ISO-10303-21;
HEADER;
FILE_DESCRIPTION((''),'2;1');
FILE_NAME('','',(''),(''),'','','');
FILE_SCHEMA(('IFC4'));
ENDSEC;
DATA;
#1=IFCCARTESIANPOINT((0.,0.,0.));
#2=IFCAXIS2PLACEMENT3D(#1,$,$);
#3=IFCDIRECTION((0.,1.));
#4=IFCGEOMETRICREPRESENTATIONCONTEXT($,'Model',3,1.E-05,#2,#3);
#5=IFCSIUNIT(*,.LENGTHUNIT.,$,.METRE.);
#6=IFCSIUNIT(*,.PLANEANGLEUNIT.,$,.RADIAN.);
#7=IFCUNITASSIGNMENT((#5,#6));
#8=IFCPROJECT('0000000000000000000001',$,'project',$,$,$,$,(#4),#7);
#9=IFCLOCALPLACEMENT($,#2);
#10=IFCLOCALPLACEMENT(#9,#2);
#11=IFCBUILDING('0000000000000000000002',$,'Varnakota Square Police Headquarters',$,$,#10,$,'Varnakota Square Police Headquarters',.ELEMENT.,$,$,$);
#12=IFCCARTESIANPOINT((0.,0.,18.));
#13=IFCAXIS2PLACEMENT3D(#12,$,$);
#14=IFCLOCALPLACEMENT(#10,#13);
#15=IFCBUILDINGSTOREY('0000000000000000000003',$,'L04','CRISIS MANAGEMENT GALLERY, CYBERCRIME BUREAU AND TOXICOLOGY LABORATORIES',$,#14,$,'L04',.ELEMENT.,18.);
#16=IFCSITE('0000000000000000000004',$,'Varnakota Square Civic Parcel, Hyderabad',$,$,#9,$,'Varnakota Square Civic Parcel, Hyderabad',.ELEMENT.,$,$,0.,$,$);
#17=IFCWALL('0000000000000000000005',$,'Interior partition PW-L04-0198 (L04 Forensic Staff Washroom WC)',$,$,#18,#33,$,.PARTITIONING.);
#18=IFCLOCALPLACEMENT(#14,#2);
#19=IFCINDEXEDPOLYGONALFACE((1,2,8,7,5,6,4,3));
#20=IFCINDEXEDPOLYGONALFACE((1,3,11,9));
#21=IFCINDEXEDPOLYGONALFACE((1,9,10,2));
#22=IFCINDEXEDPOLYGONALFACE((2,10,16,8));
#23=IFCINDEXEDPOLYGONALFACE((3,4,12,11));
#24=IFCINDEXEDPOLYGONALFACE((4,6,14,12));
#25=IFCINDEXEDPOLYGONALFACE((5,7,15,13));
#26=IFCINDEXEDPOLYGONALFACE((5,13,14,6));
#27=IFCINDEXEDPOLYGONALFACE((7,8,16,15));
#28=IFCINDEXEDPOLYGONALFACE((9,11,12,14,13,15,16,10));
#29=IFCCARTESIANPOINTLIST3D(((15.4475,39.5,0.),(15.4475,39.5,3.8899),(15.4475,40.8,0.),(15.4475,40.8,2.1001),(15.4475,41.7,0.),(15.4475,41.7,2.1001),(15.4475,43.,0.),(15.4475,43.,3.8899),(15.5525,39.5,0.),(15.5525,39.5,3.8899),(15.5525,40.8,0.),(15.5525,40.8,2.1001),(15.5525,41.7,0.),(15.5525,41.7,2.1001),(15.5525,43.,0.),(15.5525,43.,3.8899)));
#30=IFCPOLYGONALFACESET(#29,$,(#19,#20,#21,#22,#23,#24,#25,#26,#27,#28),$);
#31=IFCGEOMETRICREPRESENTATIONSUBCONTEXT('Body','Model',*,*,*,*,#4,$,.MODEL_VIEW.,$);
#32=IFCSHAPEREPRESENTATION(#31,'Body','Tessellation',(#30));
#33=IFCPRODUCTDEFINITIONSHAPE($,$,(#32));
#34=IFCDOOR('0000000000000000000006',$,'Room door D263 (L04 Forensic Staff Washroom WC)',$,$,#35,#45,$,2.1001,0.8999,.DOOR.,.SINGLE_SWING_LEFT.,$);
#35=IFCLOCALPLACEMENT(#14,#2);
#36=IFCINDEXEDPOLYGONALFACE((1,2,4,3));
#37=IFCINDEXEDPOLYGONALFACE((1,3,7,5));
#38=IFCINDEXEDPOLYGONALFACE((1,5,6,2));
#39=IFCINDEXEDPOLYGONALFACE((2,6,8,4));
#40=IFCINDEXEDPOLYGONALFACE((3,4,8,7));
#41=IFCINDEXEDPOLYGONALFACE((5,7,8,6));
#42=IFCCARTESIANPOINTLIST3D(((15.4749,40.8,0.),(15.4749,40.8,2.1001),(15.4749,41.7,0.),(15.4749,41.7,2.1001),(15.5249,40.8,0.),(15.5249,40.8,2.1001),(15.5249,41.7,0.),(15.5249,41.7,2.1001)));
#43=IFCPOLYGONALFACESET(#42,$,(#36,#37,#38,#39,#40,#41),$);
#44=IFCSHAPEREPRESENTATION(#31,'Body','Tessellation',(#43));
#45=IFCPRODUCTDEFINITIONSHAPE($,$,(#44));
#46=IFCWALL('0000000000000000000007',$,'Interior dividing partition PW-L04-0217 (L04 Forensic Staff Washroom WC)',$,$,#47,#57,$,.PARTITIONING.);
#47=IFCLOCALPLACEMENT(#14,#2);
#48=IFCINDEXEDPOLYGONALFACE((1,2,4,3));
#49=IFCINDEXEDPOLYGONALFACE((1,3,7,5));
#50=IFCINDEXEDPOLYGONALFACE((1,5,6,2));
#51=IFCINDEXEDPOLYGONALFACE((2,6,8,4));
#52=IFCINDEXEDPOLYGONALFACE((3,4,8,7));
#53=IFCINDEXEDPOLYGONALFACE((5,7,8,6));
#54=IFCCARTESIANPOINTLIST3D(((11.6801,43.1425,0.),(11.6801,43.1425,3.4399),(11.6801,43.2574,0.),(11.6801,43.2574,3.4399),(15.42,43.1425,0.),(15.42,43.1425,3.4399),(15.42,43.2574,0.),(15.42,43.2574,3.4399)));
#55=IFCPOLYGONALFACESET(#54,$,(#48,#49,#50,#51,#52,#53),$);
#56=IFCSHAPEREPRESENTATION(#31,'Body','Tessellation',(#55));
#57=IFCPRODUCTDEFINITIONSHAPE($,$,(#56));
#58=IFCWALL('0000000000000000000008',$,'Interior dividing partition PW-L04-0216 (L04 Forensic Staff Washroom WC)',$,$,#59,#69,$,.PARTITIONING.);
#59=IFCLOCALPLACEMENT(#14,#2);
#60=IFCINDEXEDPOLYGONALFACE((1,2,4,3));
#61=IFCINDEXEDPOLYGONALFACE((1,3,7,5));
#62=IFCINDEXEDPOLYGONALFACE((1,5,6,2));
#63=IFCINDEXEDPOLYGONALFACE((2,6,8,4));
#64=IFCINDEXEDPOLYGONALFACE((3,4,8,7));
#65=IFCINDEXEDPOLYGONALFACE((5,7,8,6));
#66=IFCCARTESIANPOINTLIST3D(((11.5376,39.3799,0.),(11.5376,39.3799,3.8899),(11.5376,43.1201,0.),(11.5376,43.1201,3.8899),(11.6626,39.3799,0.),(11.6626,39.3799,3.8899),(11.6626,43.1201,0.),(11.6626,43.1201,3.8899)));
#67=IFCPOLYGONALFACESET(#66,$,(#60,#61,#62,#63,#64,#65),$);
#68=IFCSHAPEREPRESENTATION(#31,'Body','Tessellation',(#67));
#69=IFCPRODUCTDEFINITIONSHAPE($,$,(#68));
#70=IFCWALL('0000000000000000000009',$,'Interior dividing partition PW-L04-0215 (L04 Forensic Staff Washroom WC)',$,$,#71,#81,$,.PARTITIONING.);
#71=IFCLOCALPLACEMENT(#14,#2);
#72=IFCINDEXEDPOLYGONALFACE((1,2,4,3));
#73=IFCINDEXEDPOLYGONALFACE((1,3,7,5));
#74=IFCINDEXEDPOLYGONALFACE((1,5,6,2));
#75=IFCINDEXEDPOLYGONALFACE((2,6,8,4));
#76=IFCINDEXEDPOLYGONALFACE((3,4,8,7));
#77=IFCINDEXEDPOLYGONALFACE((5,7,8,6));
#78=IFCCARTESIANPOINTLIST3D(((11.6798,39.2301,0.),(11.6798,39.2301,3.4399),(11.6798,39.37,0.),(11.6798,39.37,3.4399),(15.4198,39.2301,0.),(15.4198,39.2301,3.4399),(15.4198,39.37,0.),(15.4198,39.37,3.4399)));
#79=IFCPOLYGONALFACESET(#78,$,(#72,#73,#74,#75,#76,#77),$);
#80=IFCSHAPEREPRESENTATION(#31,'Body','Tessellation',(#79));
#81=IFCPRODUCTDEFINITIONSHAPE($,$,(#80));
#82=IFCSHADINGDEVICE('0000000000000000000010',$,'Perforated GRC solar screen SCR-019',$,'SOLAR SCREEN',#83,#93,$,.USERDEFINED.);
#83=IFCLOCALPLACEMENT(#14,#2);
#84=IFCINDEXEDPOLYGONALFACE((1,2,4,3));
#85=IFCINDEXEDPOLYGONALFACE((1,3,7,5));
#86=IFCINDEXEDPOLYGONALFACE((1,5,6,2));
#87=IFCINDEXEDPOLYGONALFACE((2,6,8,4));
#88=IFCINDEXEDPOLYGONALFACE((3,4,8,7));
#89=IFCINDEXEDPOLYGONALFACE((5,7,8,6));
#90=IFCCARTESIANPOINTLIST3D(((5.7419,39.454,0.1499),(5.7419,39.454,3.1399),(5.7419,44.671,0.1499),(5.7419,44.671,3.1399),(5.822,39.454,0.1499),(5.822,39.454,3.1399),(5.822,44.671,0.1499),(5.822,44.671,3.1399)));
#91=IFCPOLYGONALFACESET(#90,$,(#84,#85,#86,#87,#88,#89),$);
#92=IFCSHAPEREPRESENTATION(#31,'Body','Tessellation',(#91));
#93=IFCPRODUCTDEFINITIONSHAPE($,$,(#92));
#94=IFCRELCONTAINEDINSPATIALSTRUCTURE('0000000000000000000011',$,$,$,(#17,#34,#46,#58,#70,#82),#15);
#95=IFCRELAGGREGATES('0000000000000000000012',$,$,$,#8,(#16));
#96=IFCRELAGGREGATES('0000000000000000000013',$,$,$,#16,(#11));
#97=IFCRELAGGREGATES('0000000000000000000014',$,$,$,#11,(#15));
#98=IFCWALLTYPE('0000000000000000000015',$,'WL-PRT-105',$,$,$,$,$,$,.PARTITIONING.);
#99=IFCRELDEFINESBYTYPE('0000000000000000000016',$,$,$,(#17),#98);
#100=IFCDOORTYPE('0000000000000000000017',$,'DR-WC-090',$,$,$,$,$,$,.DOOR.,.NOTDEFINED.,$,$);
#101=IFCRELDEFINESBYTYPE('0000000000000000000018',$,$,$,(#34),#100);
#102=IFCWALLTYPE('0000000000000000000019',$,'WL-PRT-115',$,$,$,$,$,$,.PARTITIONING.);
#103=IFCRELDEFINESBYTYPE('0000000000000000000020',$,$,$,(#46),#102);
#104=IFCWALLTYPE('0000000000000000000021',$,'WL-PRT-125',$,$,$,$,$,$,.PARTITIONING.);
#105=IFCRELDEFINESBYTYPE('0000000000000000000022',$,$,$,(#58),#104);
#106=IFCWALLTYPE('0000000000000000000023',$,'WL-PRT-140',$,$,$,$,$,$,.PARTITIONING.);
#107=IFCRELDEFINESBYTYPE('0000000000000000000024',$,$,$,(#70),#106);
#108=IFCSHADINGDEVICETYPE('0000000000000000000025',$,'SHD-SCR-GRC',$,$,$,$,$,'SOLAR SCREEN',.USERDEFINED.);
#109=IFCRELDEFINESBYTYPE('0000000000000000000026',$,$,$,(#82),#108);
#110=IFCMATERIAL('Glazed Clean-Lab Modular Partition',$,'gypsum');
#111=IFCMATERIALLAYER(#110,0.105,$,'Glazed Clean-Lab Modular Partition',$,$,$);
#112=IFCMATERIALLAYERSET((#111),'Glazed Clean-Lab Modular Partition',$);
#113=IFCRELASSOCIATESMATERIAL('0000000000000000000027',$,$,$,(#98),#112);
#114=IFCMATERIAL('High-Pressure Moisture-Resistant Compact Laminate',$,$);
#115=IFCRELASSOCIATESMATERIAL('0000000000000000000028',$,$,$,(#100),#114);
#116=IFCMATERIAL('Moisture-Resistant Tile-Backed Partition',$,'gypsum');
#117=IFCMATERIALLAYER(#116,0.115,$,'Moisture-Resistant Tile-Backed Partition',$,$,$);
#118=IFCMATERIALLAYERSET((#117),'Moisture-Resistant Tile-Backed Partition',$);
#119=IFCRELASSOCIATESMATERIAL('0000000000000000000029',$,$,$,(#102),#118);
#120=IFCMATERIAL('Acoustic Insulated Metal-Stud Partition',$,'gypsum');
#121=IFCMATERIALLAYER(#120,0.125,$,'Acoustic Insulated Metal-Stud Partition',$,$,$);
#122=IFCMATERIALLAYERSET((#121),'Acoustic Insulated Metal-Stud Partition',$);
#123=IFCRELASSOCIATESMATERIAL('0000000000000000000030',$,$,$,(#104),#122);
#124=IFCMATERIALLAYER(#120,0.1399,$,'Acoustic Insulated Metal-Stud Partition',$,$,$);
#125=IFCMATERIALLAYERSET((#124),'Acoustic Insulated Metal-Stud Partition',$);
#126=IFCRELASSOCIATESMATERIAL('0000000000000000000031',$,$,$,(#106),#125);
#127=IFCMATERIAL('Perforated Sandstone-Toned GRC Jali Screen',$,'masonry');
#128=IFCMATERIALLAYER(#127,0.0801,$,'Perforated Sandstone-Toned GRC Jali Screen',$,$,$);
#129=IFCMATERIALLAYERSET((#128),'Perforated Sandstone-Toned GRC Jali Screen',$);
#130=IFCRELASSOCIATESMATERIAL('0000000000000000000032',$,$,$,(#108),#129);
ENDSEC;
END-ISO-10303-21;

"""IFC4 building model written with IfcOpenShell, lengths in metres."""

from ifc_helpers import new_model, si_unit, direction, frame, frame_2d, origin, origin_2d, place, context, subcontext, project, spatial, rectangle, extrude, material, layer, layer_set, type_object, element, fill, save


model = new_model("IFC4")

# Units and contexts
model_context = context("Model", 3, precision=1e-05, world=origin(), true_north=direction((0.0, 1.0)))
body_context = subcontext(model_context, "Body", "Model", "MODEL_VIEW")
ifc_project = project(units=[si_unit("LENGTHUNIT", "METRE"), si_unit("PLANEANGLEUNIT", "RADIAN")], contexts=[model_context])

# Site, building, storey
site_placement = place(None, origin())
site = spatial("IfcSite", under=ifc_project, at=site_placement, Name="Varnakota Square Civic Parcel, Hyderabad", LongName="Varnakota Square Civic Parcel, Hyderabad", CompositionType="ELEMENT", RefElevation=0.0)
building_placement = place(site_placement, origin())
building = spatial("IfcBuilding", under=site, at=building_placement, Name="Varnakota Square Police Headquarters", LongName="Varnakota Square Police Headquarters", CompositionType="ELEMENT")
storey_placement = place(building_placement, frame((0.0, 0.0, 18.0)))
storey = spatial("IfcBuildingStorey", under=building, at=storey_placement, Name="L04", Description="CRISIS MANAGEMENT GALLERY, CYBERCRIME BUREAU AND TOXICOLOGY LABORATORIES", LongName="L04", CompositionType="ELEMENT", Elevation=18.0)

# Wall, opening, door
ifc_material_1 = material(Name="Glazed Clean-Lab Modular Partition", Category="gypsum")
ifc_layer_1 = layer(ifc_material_1, 0.105, Name="Glazed Clean-Lab Modular Partition")
ifc_layer_set_1 = layer_set([ifc_layer_1], Name="Glazed Clean-Lab Modular Partition")
wall_type_1 = type_object("IfcWallType", Name="WL-PRT-105", PredefinedType="PARTITIONING", material=ifc_layer_set_1)
wall_1_placement = place(storey_placement, frame((15.5, 43.0, 0.0), z_axis=(0.0, 0.0, 1.0), x_axis=(0.0, -1.0, 0.0)))
wall_1 = element("IfcWall", 1, at=wall_1_placement, inside=storey, type_object=wall_type_1, Name="Interior partition PW-L04-0198 (L04 Forensic Staff Washroom WC)", PredefinedType="PARTITIONING", context=body_context, shape_type="SweptSolid", body=[
    extrude(rectangle(XDim=3.5, YDim=0.105, at=frame_2d((1.75, 0.0))), origin(), (0.0, 0.0, 1.0), 3.8899),
])
opening_placement = place(wall_1_placement, frame((1.3, 0.0, 0.0)))
opening = element("IfcOpeningElement", 2, at=opening_placement, cuts=wall_1, PredefinedType="OPENING", context=body_context, shape_type="SweptSolid", body=[
    extrude(rectangle(XDim=0.8999, YDim=2.1001, at=frame_2d((0.45, 1.05))), frame((0.0, 0.0625, 0.0), z_axis=(0.0, -1.0, 0.0), x_axis=(1.0, 0.0, 0.0)), (0.0, 0.0, 1.0), 0.125),
])
ifc_material_2 = material(Name="High-Pressure Moisture-Resistant Compact Laminate")
door_type = type_object("IfcDoorType", Name="DR-WC-090", OperationType="NOTDEFINED", PredefinedType="DOOR", material=ifc_material_2)
door_placement = place(opening_placement, origin())
door = element("IfcDoor", 3, at=door_placement, inside=storey, type_object=door_type, Name="Room door D263 (L04 Forensic Staff Washroom WC)", OperationType="SINGLE_SWING_LEFT", OverallHeight=2.1001, OverallWidth=0.8999, PredefinedType="DOOR", context=body_context, shape_type="SweptSolid", body=[
    extrude(rectangle(XDim=0.8999, YDim=2.1001, at=frame_2d((0.45, 1.05))), frame((0.0, 0.0249, 0.0), z_axis=(0.0, -1.0, 0.0), x_axis=(1.0, 0.0, 0.0)), (0.0, 0.0, 1.0), 0.05),
])
fill(opening, door)

# Walls
ifc_material_3 = material(Name="Moisture-Resistant Tile-Backed Partition", Category="gypsum")
ifc_layer_2 = layer(ifc_material_3, 0.115, Name="Moisture-Resistant Tile-Backed Partition")
ifc_layer_set_2 = layer_set([ifc_layer_2], Name="Moisture-Resistant Tile-Backed Partition")
wall_type_2 = type_object("IfcWallType", Name="WL-PRT-115", PredefinedType="PARTITIONING", material=ifc_layer_set_2)
wall_2_placement = place(storey_placement, frame((11.6799, 43.2, 0.0), z_axis=(0.0, 0.0, 1.0), x_axis=(1.0, 0.0, 0.0)))
element("IfcWall", 4, at=wall_2_placement, inside=storey, type_object=wall_type_2, Name="Interior dividing partition PW-L04-0217 (L04 Forensic Staff Washroom WC)", PredefinedType="PARTITIONING", context=body_context, shape_type="SweptSolid", body=[
    extrude(rectangle(XDim=3.74, YDim=0.115, at=frame_2d((1.8701, 0.0))), origin(), (0.0, 0.0, 1.0), 3.4399),
])
ifc_material_4 = material(Name="Acoustic Insulated Metal-Stud Partition", Category="gypsum")
ifc_layer_3 = layer(ifc_material_4, 0.125, Name="Acoustic Insulated Metal-Stud Partition")
ifc_layer_set_3 = layer_set([ifc_layer_3], Name="Acoustic Insulated Metal-Stud Partition")
wall_type_3 = type_object("IfcWallType", Name="WL-PRT-125", PredefinedType="PARTITIONING", material=ifc_layer_set_3)
wall_3_placement = place(storey_placement, frame((11.6001, 39.3799, 0.0), z_axis=(0.0, 0.0, 1.0), x_axis=(0.0, 1.0, 0.0)))
element("IfcWall", 5, at=wall_3_placement, inside=storey, type_object=wall_type_3, Name="Interior dividing partition PW-L04-0216 (L04 Forensic Staff Washroom WC)", PredefinedType="PARTITIONING", context=body_context, shape_type="SweptSolid", body=[
    extrude(rectangle(XDim=3.7402, YDim=0.125, at=frame_2d((1.8701, 0.0))), origin(), (0.0, 0.0, 1.0), 3.8899),
])
ifc_layer_4 = layer(ifc_material_4, 0.1399, Name="Acoustic Insulated Metal-Stud Partition")
ifc_layer_set_4 = layer_set([ifc_layer_4], Name="Acoustic Insulated Metal-Stud Partition")
wall_type_4 = type_object("IfcWallType", Name="WL-PRT-140", PredefinedType="PARTITIONING", material=ifc_layer_set_4)
wall_4_placement = place(storey_placement, frame((15.4199, 39.3, 0.0), z_axis=(0.0, 0.0, 1.0), x_axis=(-1.0, 0.0, 0.0)))
element("IfcWall", 6, at=wall_4_placement, inside=storey, type_object=wall_type_4, Name="Interior dividing partition PW-L04-0215 (L04 Forensic Staff Washroom WC)", PredefinedType="PARTITIONING", context=body_context, shape_type="SweptSolid", body=[
    extrude(rectangle(XDim=3.74, YDim=0.1399, at=frame_2d((1.8701, 0.0))), origin(), (0.0, 0.0, 1.0), 3.4399),
])

# Shading device
ifc_material_5 = material(Name="Perforated Sandstone-Toned GRC Jali Screen", Category="masonry")
ifc_layer_5 = layer(ifc_material_5, 0.0801, Name="Perforated Sandstone-Toned GRC Jali Screen")
ifc_layer_set_5 = layer_set([ifc_layer_5], Name="Perforated Sandstone-Toned GRC Jali Screen")
shading_device_type = type_object("IfcShadingDeviceType", Name="SHD-SCR-GRC", ElementType="SOLAR SCREEN", PredefinedType="USERDEFINED", material=ifc_layer_set_5)
shading_device_placement = place(storey_placement, frame((5.782, 42.0625, 0.1499), z_axis=(0.0, 0.0, 1.0), x_axis=(0.0, 1.0, 0.0)))
element("IfcShadingDevice", 7, at=shading_device_placement, inside=storey, type_object=shading_device_type, Name="Perforated GRC solar screen SCR-019", ObjectType="SOLAR SCREEN", PredefinedType="USERDEFINED", context=body_context, shape_type="SweptSolid", body=[
    extrude(rectangle(XDim=5.217, YDim=0.0801, at=origin_2d()), origin(), (0.0, 0.0, 1.0), 2.99),
])

save(model, "model.ifc")
